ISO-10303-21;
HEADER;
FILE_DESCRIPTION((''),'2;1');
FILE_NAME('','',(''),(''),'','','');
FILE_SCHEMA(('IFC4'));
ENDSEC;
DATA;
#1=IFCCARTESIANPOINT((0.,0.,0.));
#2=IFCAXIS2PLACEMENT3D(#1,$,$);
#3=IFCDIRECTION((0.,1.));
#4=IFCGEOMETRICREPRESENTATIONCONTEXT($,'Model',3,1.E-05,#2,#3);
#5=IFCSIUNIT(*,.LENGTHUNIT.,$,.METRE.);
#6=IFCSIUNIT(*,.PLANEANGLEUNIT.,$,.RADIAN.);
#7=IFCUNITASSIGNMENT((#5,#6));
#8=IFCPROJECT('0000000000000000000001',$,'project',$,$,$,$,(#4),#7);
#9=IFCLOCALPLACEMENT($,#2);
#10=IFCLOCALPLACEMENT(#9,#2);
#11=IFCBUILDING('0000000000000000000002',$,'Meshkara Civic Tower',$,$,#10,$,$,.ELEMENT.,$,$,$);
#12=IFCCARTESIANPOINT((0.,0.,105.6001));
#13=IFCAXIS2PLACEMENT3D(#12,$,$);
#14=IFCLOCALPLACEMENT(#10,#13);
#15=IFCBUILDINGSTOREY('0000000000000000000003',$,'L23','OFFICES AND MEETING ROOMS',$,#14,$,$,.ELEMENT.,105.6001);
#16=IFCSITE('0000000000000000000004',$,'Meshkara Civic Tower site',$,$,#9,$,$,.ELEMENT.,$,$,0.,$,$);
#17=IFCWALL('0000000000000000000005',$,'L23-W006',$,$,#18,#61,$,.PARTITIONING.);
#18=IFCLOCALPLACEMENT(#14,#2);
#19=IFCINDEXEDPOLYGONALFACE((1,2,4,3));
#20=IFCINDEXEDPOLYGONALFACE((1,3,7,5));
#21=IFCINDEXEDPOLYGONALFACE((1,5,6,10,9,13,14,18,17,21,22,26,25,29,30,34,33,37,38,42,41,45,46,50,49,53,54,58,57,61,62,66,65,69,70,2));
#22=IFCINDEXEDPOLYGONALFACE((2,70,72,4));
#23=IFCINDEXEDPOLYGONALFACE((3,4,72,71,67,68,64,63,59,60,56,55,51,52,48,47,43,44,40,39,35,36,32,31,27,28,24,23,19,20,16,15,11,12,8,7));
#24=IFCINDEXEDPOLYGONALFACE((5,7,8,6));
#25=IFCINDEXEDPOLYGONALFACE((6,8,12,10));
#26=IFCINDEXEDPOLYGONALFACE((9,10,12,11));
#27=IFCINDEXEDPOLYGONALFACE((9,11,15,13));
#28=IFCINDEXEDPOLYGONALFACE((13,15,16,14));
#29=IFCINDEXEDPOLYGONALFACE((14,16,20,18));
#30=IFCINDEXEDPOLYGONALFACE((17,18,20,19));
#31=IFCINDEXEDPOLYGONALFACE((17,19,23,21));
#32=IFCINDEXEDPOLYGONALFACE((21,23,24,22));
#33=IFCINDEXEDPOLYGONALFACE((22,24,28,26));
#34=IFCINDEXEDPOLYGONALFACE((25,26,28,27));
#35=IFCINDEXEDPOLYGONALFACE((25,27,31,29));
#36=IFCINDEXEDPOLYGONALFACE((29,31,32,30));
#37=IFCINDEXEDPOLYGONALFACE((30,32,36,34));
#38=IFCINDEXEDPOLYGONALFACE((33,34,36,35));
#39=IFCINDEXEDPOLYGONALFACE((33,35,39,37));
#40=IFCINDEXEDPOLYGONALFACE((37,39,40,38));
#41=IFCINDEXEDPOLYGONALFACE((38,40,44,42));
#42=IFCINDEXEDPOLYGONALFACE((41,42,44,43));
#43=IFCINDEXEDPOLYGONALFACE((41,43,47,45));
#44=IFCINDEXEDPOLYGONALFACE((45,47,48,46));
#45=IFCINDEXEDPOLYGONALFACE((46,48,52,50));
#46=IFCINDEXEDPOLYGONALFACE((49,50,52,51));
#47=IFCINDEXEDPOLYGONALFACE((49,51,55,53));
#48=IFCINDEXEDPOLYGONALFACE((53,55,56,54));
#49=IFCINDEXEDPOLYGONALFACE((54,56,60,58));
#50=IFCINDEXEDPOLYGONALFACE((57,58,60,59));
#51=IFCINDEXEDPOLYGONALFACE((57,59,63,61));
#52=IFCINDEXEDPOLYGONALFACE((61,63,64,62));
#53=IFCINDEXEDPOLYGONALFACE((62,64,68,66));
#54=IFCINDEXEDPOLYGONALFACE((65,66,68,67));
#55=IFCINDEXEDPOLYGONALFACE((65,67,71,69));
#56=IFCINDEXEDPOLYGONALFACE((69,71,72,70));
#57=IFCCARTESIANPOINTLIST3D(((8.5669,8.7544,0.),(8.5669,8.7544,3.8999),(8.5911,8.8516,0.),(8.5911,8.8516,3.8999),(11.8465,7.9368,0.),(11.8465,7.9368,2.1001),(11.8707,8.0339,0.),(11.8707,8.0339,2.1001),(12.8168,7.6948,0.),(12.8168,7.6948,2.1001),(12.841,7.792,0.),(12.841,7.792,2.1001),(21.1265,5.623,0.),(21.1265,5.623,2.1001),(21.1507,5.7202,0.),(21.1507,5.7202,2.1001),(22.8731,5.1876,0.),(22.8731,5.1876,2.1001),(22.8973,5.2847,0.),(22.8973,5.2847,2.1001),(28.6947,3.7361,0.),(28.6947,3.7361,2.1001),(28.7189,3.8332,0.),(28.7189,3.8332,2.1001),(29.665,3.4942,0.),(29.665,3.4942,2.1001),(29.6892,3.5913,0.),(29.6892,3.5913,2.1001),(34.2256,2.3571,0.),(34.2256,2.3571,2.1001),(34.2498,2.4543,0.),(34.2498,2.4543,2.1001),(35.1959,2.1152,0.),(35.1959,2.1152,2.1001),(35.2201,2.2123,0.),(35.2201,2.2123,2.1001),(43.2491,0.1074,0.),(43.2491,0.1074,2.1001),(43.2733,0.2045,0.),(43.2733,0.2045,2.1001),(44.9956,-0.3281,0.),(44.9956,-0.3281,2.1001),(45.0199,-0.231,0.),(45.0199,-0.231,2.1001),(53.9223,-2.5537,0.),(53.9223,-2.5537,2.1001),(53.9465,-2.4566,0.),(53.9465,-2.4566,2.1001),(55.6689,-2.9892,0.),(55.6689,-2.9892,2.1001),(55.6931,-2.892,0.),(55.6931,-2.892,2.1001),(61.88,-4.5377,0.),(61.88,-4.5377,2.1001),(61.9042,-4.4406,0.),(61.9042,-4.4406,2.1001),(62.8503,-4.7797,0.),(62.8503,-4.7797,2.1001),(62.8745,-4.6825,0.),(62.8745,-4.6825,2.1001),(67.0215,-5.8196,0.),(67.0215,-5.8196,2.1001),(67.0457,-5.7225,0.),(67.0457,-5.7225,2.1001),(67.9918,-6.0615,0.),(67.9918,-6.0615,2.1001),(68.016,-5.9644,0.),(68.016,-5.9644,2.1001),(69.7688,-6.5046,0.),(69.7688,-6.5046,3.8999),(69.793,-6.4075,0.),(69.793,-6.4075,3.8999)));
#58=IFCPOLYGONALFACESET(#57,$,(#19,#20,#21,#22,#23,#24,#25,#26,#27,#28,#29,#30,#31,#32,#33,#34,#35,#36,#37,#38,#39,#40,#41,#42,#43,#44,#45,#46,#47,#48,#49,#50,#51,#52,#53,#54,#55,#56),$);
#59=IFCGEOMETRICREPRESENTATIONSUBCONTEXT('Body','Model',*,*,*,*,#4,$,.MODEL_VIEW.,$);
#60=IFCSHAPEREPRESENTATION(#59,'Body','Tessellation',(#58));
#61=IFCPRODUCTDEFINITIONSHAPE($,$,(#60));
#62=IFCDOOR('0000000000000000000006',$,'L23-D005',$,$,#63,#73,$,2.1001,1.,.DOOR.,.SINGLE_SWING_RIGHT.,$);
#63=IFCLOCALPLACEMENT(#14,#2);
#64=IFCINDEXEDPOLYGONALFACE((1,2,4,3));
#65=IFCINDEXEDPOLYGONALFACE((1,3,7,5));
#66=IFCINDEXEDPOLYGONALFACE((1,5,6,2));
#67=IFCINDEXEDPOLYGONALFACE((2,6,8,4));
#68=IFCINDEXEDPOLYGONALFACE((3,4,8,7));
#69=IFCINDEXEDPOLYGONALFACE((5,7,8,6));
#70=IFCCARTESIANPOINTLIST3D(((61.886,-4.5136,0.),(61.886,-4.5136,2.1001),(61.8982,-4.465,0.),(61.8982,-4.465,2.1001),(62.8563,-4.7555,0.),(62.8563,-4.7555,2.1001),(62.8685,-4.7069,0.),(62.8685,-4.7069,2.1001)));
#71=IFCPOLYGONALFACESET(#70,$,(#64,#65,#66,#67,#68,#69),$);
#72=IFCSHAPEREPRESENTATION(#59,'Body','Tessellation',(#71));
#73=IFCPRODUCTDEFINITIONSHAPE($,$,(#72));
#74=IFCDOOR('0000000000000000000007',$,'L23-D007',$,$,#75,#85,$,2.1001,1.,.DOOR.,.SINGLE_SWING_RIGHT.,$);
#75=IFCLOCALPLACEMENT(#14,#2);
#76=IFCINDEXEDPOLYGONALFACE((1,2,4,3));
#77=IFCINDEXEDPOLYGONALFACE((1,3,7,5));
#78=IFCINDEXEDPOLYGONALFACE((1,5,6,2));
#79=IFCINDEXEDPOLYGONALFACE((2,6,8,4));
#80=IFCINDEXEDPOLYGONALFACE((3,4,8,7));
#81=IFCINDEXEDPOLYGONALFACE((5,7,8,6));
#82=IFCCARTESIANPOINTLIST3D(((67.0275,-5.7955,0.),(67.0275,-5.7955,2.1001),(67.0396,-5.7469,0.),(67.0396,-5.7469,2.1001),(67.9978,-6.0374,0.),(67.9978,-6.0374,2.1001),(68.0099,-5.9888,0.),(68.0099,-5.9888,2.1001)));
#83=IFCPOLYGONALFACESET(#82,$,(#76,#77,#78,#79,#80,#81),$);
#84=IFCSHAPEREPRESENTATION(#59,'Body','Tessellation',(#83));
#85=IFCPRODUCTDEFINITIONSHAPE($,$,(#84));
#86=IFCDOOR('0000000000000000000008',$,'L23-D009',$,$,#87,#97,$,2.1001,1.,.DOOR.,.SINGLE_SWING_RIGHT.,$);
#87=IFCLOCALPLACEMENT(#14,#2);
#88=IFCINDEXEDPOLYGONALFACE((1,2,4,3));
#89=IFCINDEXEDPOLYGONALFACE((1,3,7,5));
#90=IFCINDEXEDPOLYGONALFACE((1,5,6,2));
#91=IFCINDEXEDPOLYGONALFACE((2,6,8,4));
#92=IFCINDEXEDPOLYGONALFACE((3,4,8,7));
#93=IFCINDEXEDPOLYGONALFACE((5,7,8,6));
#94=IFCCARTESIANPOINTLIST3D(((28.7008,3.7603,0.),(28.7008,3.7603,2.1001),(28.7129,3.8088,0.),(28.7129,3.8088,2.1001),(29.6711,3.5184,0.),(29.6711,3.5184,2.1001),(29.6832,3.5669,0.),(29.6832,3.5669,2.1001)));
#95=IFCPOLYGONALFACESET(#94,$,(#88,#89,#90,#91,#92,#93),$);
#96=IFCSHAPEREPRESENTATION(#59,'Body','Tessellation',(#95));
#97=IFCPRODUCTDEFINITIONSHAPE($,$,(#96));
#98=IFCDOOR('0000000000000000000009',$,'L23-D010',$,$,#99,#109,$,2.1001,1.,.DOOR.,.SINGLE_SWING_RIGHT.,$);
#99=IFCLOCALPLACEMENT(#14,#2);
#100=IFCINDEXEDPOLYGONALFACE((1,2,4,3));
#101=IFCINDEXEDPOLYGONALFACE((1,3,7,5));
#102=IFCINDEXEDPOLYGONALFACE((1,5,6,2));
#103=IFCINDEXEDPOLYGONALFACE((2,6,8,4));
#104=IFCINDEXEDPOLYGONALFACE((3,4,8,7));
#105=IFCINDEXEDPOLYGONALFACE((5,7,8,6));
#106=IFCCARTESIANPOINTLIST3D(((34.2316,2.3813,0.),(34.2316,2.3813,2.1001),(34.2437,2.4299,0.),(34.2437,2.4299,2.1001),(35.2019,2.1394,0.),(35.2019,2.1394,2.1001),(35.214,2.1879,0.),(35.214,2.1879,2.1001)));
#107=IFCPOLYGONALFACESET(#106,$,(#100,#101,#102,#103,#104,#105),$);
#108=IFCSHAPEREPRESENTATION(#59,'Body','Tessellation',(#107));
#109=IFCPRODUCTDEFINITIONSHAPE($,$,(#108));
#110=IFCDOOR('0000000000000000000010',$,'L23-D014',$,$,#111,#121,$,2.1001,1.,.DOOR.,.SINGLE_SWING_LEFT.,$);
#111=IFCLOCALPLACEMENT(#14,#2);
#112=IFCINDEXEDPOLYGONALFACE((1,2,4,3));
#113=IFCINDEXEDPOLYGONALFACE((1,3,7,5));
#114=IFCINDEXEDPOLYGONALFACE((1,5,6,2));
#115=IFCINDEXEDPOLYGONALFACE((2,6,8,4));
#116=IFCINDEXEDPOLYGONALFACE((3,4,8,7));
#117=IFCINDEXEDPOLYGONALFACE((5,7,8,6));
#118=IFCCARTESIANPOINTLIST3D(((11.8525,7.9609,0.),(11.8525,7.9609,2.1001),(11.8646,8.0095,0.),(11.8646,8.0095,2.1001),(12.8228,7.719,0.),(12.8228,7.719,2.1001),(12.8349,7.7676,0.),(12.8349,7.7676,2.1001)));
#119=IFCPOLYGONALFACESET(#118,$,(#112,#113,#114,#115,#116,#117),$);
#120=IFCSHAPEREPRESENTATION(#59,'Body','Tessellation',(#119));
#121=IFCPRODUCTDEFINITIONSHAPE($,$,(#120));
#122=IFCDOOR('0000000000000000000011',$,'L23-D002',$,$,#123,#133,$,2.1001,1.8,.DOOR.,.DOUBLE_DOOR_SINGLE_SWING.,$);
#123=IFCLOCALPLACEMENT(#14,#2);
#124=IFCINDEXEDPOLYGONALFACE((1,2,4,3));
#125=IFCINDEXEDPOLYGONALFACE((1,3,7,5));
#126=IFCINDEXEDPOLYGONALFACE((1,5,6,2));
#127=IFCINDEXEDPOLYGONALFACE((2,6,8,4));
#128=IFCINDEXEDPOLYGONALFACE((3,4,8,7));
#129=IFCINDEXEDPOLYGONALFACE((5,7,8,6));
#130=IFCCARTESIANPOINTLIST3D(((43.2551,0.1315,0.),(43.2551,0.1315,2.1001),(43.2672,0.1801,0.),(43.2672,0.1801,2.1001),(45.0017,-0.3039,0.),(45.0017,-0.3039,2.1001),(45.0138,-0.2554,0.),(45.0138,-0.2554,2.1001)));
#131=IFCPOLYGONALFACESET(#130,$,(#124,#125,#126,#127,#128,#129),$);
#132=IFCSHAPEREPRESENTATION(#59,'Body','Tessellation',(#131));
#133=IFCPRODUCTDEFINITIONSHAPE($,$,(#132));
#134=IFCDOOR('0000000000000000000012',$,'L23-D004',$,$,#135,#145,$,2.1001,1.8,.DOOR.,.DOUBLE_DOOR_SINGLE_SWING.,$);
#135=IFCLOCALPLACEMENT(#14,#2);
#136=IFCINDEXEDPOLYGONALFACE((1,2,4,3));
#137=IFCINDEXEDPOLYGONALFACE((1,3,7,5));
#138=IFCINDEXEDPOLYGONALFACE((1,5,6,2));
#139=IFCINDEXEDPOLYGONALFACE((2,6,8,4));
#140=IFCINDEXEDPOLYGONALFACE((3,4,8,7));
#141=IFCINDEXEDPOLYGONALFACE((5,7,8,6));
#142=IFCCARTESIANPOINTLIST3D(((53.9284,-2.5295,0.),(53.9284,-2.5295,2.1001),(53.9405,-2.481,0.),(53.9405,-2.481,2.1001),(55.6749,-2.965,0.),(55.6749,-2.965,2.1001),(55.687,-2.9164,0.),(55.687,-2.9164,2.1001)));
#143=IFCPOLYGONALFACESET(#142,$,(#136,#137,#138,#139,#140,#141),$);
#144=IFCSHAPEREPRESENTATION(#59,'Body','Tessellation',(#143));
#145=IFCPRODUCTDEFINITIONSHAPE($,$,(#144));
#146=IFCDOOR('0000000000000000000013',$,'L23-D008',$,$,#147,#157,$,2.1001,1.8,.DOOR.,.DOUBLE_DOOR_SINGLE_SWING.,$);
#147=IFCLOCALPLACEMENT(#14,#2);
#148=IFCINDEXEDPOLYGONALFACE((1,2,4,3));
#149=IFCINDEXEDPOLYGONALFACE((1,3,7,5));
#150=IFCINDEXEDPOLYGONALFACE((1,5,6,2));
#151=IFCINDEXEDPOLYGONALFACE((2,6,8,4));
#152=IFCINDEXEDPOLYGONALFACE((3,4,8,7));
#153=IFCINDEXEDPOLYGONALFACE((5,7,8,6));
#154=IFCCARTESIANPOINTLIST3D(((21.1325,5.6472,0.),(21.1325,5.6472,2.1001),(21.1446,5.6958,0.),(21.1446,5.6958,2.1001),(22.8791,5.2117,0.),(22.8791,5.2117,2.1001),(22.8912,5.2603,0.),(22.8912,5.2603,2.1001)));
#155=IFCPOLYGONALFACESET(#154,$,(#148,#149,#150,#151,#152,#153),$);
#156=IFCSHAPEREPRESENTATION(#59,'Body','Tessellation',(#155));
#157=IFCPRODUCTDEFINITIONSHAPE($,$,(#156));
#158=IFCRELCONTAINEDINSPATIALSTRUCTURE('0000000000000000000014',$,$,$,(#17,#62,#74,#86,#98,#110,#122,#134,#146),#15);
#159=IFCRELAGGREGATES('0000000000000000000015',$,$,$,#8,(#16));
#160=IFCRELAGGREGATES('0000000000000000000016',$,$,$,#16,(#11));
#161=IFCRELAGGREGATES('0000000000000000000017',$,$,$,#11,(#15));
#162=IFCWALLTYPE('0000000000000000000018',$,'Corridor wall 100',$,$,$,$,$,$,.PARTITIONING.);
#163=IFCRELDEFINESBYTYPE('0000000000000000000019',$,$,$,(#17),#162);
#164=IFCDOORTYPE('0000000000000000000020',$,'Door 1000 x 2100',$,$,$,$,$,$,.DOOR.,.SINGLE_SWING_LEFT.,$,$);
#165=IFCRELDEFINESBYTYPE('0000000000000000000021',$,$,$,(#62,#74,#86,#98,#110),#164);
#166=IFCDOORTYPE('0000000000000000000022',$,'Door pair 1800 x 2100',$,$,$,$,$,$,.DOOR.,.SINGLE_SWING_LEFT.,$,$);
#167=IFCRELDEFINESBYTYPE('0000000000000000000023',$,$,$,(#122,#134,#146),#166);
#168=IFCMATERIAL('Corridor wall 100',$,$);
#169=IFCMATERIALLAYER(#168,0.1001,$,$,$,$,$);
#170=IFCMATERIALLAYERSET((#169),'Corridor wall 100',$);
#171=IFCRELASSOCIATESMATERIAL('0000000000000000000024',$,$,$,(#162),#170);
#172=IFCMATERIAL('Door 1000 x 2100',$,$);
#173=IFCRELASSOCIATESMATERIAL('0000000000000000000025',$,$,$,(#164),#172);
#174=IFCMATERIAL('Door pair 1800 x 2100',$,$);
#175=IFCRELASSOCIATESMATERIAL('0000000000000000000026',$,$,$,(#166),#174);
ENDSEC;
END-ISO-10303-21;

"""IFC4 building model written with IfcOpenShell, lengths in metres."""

from ifc_helpers import new_model, si_unit, direction, frame, frame_2d, origin, place, context, subcontext, project, spatial, rectangle, extrude, material, layer, layer_set, type_object, element, fill, save


model = new_model("IFC4")

# Units and contexts
model_context = context("Model", 3, precision=1e-05, world=origin(), true_north=direction((0.0, 1.0)))
body_context = subcontext(model_context, "Body", "Model", "MODEL_VIEW")
ifc_project = project(units=[si_unit("LENGTHUNIT", "METRE"), si_unit("PLANEANGLEUNIT", "RADIAN")], contexts=[model_context])

# Site, building, storey
site_placement = place(None, origin())
site = spatial("IfcSite", under=ifc_project, at=site_placement, Name="Meshkara Civic Tower site", CompositionType="ELEMENT", RefElevation=0.0)
building_placement = place(site_placement, origin())
building = spatial("IfcBuilding", under=site, at=building_placement, Name="Meshkara Civic Tower", CompositionType="ELEMENT")
storey_placement = place(building_placement, frame((0.0, 0.0, 105.6001)))
storey = spatial("IfcBuildingStorey", under=building, at=storey_placement, Name="L23", Description="OFFICES AND MEETING ROOMS", CompositionType="ELEMENT", Elevation=105.6001)

# Shared definitions
ifc_material_1 = material(Name="Corridor wall 100")
ifc_layer_1 = layer(ifc_material_1, 0.1001)
ifc_layer_set_1 = layer_set([ifc_layer_1], Name="Corridor wall 100")
wall_type_1 = type_object("IfcWallType", Name="Corridor wall 100", PredefinedType="PARTITIONING", material=ifc_layer_set_1)
ifc_material_2 = material(Name="Door 1000 x 2100")
door_type_1 = type_object("IfcDoorType", Name="Door 1000 x 2100", OperationType="SINGLE_SWING_LEFT", PredefinedType="DOOR", material=ifc_material_2)
ifc_material_3 = material(Name="Door pair 1800 x 2100")
door_type_2 = type_object("IfcDoorType", Name="Door pair 1800 x 2100", OperationType="SINGLE_SWING_LEFT", PredefinedType="DOOR", material=ifc_material_3)

# Wall, openings, doors
wall_1_placement = place(storey_placement, frame((8.5791, 8.803, 0.0), z_axis=(0.0, 0.0, 1.0), x_axis=(0.970297, -0.241917, 0.0)))
wall_1 = element("IfcWall", 1, at=wall_1_placement, inside=storey, type_object=wall_type_1, Name="L23-W006", PredefinedType="PARTITIONING", context=body_context, shape_type="SweptSolid", body=[
    extrude(rectangle(XDim=63.0754, YDim=0.1001, at=frame_2d((31.5376, 0.0))), origin(), (0.0, 0.0, 1.0), 3.8999),
])
opening_1_placement = place(wall_1_placement, frame((35.7439, 0.0, 0.0)))
opening_1 = element("IfcOpeningElement", 2, at=opening_1_placement, cuts=wall_1, PredefinedType="OPENING", context=body_context, shape_type="SweptSolid", body=[
    extrude(rectangle(XDim=1.8, YDim=2.1001, at=frame_2d((0.8999, 1.05))), frame((0.0, 0.0601, 0.0), z_axis=(0.0, -1.0, 0.0), x_axis=(1.0, 0.0, 0.0)), (0.0, 0.0, 1.0), 0.1201),
])
opening_2_placement = place(wall_1_placement, frame((46.7439, 0.0, 0.0)))
opening_2 = element("IfcOpeningElement", 3, at=opening_2_placement, cuts=wall_1, PredefinedType="OPENING", context=body_context, shape_type="SweptSolid", body=[
    extrude(rectangle(XDim=1.8, YDim=2.1001, at=frame_2d((0.8999, 1.05))), frame((0.0, 0.0601, 0.0), z_axis=(0.0, -1.0, 0.0), x_axis=(1.0, 0.0, 0.0)), (0.0, 0.0, 1.0), 0.1201),
])
opening_3_placement = place(wall_1_placement, frame((54.9451, 0.0, 0.0)))
opening_3 = element("IfcOpeningElement", 4, at=opening_3_placement, cuts=wall_1, PredefinedType="OPENING", context=body_context, shape_type="SweptSolid", body=[
    extrude(rectangle(XDim=1.0, YDim=2.1001, at=frame_2d((0.5, 1.05))), frame((0.0, 0.0601, 0.0), z_axis=(0.0, -1.0, 0.0), x_axis=(1.0, 0.0, 0.0)), (0.0, 0.0, 1.0), 0.1201),
])
opening_4_placement = place(wall_1_placement, frame((60.2439, 0.0, 0.0)))
opening_4 = element("IfcOpeningElement", 5, at=opening_4_placement, cuts=wall_1, PredefinedType="OPENING", context=body_context, shape_type="SweptSolid", body=[
    extrude(rectangle(XDim=1.0, YDim=2.1001, at=frame_2d((0.5, 1.05))), frame((0.0, 0.0601, 0.0), z_axis=(0.0, -1.0, 0.0), x_axis=(1.0, 0.0, 0.0)), (0.0, 0.0, 1.0), 0.1201),
])
opening_5_placement = place(wall_1_placement, frame((12.9441, 0.0, 0.0)))
opening_5 = element("IfcOpeningElement", 6, at=opening_5_placement, cuts=wall_1, PredefinedType="OPENING", context=body_context, shape_type="SweptSolid", body=[
    extrude(rectangle(XDim=1.8, YDim=2.1001, at=frame_2d((0.8999, 1.05))), frame((0.0, 0.0601, 0.0), z_axis=(0.0, -1.0, 0.0), x_axis=(1.0, 0.0, 0.0)), (0.0, 0.0, 1.0), 0.1201),
])
opening_6_placement = place(wall_1_placement, frame((20.7439, 0.0, 0.0)))
opening_6 = element("IfcOpeningElement", 7, at=opening_6_placement, cuts=wall_1, PredefinedType="OPENING", context=body_context, shape_type="SweptSolid", body=[
    extrude(rectangle(XDim=1.0, YDim=2.1001, at=frame_2d((0.5, 1.05))), frame((0.0, 0.0601, 0.0), z_axis=(0.0, -1.0, 0.0), x_axis=(1.0, 0.0, 0.0)), (0.0, 0.0, 1.0), 0.1201),
])
opening_7_placement = place(wall_1_placement, frame((26.4441, 0.0, 0.0)))
opening_7 = element("IfcOpeningElement", 8, at=opening_7_placement, cuts=wall_1, PredefinedType="OPENING", context=body_context, shape_type="SweptSolid", body=[
    extrude(rectangle(XDim=1.0, YDim=2.1001, at=frame_2d((0.5, 1.05))), frame((0.0, 0.0601, 0.0), z_axis=(0.0, -1.0, 0.0), x_axis=(1.0, 0.0, 0.0)), (0.0, 0.0, 1.0), 0.1201),
])
opening_8_placement = place(wall_1_placement, frame((3.3799, 0.0, 0.0)))
opening_8 = element("IfcOpeningElement", 9, at=opening_8_placement, cuts=wall_1, PredefinedType="OPENING", context=body_context, shape_type="SweptSolid", body=[
    extrude(rectangle(XDim=1.0, YDim=2.1001, at=frame_2d((0.5, 1.05))), frame((0.0, 0.0601, 0.0), z_axis=(0.0, -1.0, 0.0), x_axis=(1.0, 0.0, 0.0)), (0.0, 0.0, 1.0), 0.1201),
])
door_1_placement = place(opening_3_placement, origin())
door_1 = element("IfcDoor", 10, at=door_1_placement, inside=storey, type_object=door_type_1, Name="L23-D005", OperationType="SINGLE_SWING_RIGHT", OverallHeight=2.1001, OverallWidth=1.0, PredefinedType="DOOR", context=body_context, shape_type="SweptSolid", body=[
    extrude(rectangle(XDim=1.0, YDim=2.1001, at=frame_2d((0.5, 1.05))), frame((0.0, 0.0249, 0.0), z_axis=(0.0, -1.0, 0.0), x_axis=(1.0, 0.0, 0.0)), (0.0, 0.0, 1.0), 0.05),
])
fill(opening_3, door_1)
door_2_placement = place(opening_4_placement, origin())
door_2 = element("IfcDoor", 11, at=door_2_placement, inside=storey, type_object=door_type_1, Name="L23-D007", OperationType="SINGLE_SWING_RIGHT", OverallHeight=2.1001, OverallWidth=1.0, PredefinedType="DOOR", context=body_context, shape_type="SweptSolid", body=[
    extrude(rectangle(XDim=1.0, YDim=2.1001, at=frame_2d((0.5, 1.05))), frame((0.0, 0.0249, 0.0), z_axis=(0.0, -1.0, 0.0), x_axis=(1.0, 0.0, 0.0)), (0.0, 0.0, 1.0), 0.05),
])
fill(opening_4, door_2)
door_3_placement = place(opening_6_placement, origin())
door_3 = element("IfcDoor", 12, at=door_3_placement, inside=storey, type_object=door_type_1, Name="L23-D009", OperationType="SINGLE_SWING_RIGHT", OverallHeight=2.1001, OverallWidth=1.0, PredefinedType="DOOR", context=body_context, shape_type="SweptSolid", body=[
    extrude(rectangle(XDim=1.0, YDim=2.1001, at=frame_2d((0.5, 1.05))), frame((0.0, 0.0249, 0.0), z_axis=(0.0, -1.0, 0.0), x_axis=(1.0, 0.0, 0.0)), (0.0, 0.0, 1.0), 0.05),
])
fill(opening_6, door_3)
door_4_placement = place(opening_7_placement, origin())
door_4 = element("IfcDoor", 13, at=door_4_placement, inside=storey, type_object=door_type_1, Name="L23-D010", OperationType="SINGLE_SWING_RIGHT", OverallHeight=2.1001, OverallWidth=1.0, PredefinedType="DOOR", context=body_context, shape_type="SweptSolid", body=[
    extrude(rectangle(XDim=1.0, YDim=2.1001, at=frame_2d((0.5, 1.05))), frame((0.0, 0.0249, 0.0), z_axis=(0.0, -1.0, 0.0), x_axis=(1.0, 0.0, 0.0)), (0.0, 0.0, 1.0), 0.05),
])
fill(opening_7, door_4)
door_5_placement = place(opening_8_placement, origin())
door_5 = element("IfcDoor", 14, at=door_5_placement, inside=storey, type_object=door_type_1, Name="L23-D014", OperationType="SINGLE_SWING_LEFT", OverallHeight=2.1001, OverallWidth=1.0, PredefinedType="DOOR", context=body_context, shape_type="SweptSolid", body=[
    extrude(rectangle(XDim=1.0, YDim=2.1001, at=frame_2d((0.5, 1.05))), frame((0.0, 0.0249, 0.0), z_axis=(0.0, -1.0, 0.0), x_axis=(1.0, 0.0, 0.0)), (0.0, 0.0, 1.0), 0.05),
])
fill(opening_8, door_5)
door_6_placement = place(opening_1_placement, origin())
door_6 = element("IfcDoor", 15, at=door_6_placement, inside=storey, type_object=door_type_2, Name="L23-D002", OperationType="DOUBLE_DOOR_SINGLE_SWING", OverallHeight=2.1001, OverallWidth=1.8, PredefinedType="DOOR", context=body_context, shape_type="SweptSolid", body=[
    extrude(rectangle(XDim=1.8, YDim=2.1001, at=frame_2d((0.8999, 1.05))), frame((0.0, 0.0249, 0.0), z_axis=(0.0, -1.0, 0.0), x_axis=(1.0, 0.0, 0.0)), (0.0, 0.0, 1.0), 0.05),
])
fill(opening_1, door_6)
door_7_placement = place(opening_2_placement, origin())
door_7 = element("IfcDoor", 16, at=door_7_placement, inside=storey, type_object=door_type_2, Name="L23-D004", OperationType="DOUBLE_DOOR_SINGLE_SWING", OverallHeight=2.1001, OverallWidth=1.8, PredefinedType="DOOR", context=body_context, shape_type="SweptSolid", body=[
    extrude(rectangle(XDim=1.8, YDim=2.1001, at=frame_2d((0.8999, 1.05))), frame((0.0, 0.0249, 0.0), z_axis=(0.0, -1.0, 0.0), x_axis=(1.0, 0.0, 0.0)), (0.0, 0.0, 1.0), 0.05),
])
fill(opening_2, door_7)
door_8_placement = place(opening_5_placement, origin())
door_8 = element("IfcDoor", 17, at=door_8_placement, inside=storey, type_object=door_type_2, Name="L23-D008", OperationType="DOUBLE_DOOR_SINGLE_SWING", OverallHeight=2.1001, OverallWidth=1.8, PredefinedType="DOOR", context=body_context, shape_type="SweptSolid", body=[
    extrude(rectangle(XDim=1.8, YDim=2.1001, at=frame_2d((0.8999, 1.05))), frame((0.0, 0.0249, 0.0), z_axis=(0.0, -1.0, 0.0), x_axis=(1.0, 0.0, 0.0)), (0.0, 0.0, 1.0), 0.05),
])
fill(opening_5, door_8)

save(model, "model.ifc")
